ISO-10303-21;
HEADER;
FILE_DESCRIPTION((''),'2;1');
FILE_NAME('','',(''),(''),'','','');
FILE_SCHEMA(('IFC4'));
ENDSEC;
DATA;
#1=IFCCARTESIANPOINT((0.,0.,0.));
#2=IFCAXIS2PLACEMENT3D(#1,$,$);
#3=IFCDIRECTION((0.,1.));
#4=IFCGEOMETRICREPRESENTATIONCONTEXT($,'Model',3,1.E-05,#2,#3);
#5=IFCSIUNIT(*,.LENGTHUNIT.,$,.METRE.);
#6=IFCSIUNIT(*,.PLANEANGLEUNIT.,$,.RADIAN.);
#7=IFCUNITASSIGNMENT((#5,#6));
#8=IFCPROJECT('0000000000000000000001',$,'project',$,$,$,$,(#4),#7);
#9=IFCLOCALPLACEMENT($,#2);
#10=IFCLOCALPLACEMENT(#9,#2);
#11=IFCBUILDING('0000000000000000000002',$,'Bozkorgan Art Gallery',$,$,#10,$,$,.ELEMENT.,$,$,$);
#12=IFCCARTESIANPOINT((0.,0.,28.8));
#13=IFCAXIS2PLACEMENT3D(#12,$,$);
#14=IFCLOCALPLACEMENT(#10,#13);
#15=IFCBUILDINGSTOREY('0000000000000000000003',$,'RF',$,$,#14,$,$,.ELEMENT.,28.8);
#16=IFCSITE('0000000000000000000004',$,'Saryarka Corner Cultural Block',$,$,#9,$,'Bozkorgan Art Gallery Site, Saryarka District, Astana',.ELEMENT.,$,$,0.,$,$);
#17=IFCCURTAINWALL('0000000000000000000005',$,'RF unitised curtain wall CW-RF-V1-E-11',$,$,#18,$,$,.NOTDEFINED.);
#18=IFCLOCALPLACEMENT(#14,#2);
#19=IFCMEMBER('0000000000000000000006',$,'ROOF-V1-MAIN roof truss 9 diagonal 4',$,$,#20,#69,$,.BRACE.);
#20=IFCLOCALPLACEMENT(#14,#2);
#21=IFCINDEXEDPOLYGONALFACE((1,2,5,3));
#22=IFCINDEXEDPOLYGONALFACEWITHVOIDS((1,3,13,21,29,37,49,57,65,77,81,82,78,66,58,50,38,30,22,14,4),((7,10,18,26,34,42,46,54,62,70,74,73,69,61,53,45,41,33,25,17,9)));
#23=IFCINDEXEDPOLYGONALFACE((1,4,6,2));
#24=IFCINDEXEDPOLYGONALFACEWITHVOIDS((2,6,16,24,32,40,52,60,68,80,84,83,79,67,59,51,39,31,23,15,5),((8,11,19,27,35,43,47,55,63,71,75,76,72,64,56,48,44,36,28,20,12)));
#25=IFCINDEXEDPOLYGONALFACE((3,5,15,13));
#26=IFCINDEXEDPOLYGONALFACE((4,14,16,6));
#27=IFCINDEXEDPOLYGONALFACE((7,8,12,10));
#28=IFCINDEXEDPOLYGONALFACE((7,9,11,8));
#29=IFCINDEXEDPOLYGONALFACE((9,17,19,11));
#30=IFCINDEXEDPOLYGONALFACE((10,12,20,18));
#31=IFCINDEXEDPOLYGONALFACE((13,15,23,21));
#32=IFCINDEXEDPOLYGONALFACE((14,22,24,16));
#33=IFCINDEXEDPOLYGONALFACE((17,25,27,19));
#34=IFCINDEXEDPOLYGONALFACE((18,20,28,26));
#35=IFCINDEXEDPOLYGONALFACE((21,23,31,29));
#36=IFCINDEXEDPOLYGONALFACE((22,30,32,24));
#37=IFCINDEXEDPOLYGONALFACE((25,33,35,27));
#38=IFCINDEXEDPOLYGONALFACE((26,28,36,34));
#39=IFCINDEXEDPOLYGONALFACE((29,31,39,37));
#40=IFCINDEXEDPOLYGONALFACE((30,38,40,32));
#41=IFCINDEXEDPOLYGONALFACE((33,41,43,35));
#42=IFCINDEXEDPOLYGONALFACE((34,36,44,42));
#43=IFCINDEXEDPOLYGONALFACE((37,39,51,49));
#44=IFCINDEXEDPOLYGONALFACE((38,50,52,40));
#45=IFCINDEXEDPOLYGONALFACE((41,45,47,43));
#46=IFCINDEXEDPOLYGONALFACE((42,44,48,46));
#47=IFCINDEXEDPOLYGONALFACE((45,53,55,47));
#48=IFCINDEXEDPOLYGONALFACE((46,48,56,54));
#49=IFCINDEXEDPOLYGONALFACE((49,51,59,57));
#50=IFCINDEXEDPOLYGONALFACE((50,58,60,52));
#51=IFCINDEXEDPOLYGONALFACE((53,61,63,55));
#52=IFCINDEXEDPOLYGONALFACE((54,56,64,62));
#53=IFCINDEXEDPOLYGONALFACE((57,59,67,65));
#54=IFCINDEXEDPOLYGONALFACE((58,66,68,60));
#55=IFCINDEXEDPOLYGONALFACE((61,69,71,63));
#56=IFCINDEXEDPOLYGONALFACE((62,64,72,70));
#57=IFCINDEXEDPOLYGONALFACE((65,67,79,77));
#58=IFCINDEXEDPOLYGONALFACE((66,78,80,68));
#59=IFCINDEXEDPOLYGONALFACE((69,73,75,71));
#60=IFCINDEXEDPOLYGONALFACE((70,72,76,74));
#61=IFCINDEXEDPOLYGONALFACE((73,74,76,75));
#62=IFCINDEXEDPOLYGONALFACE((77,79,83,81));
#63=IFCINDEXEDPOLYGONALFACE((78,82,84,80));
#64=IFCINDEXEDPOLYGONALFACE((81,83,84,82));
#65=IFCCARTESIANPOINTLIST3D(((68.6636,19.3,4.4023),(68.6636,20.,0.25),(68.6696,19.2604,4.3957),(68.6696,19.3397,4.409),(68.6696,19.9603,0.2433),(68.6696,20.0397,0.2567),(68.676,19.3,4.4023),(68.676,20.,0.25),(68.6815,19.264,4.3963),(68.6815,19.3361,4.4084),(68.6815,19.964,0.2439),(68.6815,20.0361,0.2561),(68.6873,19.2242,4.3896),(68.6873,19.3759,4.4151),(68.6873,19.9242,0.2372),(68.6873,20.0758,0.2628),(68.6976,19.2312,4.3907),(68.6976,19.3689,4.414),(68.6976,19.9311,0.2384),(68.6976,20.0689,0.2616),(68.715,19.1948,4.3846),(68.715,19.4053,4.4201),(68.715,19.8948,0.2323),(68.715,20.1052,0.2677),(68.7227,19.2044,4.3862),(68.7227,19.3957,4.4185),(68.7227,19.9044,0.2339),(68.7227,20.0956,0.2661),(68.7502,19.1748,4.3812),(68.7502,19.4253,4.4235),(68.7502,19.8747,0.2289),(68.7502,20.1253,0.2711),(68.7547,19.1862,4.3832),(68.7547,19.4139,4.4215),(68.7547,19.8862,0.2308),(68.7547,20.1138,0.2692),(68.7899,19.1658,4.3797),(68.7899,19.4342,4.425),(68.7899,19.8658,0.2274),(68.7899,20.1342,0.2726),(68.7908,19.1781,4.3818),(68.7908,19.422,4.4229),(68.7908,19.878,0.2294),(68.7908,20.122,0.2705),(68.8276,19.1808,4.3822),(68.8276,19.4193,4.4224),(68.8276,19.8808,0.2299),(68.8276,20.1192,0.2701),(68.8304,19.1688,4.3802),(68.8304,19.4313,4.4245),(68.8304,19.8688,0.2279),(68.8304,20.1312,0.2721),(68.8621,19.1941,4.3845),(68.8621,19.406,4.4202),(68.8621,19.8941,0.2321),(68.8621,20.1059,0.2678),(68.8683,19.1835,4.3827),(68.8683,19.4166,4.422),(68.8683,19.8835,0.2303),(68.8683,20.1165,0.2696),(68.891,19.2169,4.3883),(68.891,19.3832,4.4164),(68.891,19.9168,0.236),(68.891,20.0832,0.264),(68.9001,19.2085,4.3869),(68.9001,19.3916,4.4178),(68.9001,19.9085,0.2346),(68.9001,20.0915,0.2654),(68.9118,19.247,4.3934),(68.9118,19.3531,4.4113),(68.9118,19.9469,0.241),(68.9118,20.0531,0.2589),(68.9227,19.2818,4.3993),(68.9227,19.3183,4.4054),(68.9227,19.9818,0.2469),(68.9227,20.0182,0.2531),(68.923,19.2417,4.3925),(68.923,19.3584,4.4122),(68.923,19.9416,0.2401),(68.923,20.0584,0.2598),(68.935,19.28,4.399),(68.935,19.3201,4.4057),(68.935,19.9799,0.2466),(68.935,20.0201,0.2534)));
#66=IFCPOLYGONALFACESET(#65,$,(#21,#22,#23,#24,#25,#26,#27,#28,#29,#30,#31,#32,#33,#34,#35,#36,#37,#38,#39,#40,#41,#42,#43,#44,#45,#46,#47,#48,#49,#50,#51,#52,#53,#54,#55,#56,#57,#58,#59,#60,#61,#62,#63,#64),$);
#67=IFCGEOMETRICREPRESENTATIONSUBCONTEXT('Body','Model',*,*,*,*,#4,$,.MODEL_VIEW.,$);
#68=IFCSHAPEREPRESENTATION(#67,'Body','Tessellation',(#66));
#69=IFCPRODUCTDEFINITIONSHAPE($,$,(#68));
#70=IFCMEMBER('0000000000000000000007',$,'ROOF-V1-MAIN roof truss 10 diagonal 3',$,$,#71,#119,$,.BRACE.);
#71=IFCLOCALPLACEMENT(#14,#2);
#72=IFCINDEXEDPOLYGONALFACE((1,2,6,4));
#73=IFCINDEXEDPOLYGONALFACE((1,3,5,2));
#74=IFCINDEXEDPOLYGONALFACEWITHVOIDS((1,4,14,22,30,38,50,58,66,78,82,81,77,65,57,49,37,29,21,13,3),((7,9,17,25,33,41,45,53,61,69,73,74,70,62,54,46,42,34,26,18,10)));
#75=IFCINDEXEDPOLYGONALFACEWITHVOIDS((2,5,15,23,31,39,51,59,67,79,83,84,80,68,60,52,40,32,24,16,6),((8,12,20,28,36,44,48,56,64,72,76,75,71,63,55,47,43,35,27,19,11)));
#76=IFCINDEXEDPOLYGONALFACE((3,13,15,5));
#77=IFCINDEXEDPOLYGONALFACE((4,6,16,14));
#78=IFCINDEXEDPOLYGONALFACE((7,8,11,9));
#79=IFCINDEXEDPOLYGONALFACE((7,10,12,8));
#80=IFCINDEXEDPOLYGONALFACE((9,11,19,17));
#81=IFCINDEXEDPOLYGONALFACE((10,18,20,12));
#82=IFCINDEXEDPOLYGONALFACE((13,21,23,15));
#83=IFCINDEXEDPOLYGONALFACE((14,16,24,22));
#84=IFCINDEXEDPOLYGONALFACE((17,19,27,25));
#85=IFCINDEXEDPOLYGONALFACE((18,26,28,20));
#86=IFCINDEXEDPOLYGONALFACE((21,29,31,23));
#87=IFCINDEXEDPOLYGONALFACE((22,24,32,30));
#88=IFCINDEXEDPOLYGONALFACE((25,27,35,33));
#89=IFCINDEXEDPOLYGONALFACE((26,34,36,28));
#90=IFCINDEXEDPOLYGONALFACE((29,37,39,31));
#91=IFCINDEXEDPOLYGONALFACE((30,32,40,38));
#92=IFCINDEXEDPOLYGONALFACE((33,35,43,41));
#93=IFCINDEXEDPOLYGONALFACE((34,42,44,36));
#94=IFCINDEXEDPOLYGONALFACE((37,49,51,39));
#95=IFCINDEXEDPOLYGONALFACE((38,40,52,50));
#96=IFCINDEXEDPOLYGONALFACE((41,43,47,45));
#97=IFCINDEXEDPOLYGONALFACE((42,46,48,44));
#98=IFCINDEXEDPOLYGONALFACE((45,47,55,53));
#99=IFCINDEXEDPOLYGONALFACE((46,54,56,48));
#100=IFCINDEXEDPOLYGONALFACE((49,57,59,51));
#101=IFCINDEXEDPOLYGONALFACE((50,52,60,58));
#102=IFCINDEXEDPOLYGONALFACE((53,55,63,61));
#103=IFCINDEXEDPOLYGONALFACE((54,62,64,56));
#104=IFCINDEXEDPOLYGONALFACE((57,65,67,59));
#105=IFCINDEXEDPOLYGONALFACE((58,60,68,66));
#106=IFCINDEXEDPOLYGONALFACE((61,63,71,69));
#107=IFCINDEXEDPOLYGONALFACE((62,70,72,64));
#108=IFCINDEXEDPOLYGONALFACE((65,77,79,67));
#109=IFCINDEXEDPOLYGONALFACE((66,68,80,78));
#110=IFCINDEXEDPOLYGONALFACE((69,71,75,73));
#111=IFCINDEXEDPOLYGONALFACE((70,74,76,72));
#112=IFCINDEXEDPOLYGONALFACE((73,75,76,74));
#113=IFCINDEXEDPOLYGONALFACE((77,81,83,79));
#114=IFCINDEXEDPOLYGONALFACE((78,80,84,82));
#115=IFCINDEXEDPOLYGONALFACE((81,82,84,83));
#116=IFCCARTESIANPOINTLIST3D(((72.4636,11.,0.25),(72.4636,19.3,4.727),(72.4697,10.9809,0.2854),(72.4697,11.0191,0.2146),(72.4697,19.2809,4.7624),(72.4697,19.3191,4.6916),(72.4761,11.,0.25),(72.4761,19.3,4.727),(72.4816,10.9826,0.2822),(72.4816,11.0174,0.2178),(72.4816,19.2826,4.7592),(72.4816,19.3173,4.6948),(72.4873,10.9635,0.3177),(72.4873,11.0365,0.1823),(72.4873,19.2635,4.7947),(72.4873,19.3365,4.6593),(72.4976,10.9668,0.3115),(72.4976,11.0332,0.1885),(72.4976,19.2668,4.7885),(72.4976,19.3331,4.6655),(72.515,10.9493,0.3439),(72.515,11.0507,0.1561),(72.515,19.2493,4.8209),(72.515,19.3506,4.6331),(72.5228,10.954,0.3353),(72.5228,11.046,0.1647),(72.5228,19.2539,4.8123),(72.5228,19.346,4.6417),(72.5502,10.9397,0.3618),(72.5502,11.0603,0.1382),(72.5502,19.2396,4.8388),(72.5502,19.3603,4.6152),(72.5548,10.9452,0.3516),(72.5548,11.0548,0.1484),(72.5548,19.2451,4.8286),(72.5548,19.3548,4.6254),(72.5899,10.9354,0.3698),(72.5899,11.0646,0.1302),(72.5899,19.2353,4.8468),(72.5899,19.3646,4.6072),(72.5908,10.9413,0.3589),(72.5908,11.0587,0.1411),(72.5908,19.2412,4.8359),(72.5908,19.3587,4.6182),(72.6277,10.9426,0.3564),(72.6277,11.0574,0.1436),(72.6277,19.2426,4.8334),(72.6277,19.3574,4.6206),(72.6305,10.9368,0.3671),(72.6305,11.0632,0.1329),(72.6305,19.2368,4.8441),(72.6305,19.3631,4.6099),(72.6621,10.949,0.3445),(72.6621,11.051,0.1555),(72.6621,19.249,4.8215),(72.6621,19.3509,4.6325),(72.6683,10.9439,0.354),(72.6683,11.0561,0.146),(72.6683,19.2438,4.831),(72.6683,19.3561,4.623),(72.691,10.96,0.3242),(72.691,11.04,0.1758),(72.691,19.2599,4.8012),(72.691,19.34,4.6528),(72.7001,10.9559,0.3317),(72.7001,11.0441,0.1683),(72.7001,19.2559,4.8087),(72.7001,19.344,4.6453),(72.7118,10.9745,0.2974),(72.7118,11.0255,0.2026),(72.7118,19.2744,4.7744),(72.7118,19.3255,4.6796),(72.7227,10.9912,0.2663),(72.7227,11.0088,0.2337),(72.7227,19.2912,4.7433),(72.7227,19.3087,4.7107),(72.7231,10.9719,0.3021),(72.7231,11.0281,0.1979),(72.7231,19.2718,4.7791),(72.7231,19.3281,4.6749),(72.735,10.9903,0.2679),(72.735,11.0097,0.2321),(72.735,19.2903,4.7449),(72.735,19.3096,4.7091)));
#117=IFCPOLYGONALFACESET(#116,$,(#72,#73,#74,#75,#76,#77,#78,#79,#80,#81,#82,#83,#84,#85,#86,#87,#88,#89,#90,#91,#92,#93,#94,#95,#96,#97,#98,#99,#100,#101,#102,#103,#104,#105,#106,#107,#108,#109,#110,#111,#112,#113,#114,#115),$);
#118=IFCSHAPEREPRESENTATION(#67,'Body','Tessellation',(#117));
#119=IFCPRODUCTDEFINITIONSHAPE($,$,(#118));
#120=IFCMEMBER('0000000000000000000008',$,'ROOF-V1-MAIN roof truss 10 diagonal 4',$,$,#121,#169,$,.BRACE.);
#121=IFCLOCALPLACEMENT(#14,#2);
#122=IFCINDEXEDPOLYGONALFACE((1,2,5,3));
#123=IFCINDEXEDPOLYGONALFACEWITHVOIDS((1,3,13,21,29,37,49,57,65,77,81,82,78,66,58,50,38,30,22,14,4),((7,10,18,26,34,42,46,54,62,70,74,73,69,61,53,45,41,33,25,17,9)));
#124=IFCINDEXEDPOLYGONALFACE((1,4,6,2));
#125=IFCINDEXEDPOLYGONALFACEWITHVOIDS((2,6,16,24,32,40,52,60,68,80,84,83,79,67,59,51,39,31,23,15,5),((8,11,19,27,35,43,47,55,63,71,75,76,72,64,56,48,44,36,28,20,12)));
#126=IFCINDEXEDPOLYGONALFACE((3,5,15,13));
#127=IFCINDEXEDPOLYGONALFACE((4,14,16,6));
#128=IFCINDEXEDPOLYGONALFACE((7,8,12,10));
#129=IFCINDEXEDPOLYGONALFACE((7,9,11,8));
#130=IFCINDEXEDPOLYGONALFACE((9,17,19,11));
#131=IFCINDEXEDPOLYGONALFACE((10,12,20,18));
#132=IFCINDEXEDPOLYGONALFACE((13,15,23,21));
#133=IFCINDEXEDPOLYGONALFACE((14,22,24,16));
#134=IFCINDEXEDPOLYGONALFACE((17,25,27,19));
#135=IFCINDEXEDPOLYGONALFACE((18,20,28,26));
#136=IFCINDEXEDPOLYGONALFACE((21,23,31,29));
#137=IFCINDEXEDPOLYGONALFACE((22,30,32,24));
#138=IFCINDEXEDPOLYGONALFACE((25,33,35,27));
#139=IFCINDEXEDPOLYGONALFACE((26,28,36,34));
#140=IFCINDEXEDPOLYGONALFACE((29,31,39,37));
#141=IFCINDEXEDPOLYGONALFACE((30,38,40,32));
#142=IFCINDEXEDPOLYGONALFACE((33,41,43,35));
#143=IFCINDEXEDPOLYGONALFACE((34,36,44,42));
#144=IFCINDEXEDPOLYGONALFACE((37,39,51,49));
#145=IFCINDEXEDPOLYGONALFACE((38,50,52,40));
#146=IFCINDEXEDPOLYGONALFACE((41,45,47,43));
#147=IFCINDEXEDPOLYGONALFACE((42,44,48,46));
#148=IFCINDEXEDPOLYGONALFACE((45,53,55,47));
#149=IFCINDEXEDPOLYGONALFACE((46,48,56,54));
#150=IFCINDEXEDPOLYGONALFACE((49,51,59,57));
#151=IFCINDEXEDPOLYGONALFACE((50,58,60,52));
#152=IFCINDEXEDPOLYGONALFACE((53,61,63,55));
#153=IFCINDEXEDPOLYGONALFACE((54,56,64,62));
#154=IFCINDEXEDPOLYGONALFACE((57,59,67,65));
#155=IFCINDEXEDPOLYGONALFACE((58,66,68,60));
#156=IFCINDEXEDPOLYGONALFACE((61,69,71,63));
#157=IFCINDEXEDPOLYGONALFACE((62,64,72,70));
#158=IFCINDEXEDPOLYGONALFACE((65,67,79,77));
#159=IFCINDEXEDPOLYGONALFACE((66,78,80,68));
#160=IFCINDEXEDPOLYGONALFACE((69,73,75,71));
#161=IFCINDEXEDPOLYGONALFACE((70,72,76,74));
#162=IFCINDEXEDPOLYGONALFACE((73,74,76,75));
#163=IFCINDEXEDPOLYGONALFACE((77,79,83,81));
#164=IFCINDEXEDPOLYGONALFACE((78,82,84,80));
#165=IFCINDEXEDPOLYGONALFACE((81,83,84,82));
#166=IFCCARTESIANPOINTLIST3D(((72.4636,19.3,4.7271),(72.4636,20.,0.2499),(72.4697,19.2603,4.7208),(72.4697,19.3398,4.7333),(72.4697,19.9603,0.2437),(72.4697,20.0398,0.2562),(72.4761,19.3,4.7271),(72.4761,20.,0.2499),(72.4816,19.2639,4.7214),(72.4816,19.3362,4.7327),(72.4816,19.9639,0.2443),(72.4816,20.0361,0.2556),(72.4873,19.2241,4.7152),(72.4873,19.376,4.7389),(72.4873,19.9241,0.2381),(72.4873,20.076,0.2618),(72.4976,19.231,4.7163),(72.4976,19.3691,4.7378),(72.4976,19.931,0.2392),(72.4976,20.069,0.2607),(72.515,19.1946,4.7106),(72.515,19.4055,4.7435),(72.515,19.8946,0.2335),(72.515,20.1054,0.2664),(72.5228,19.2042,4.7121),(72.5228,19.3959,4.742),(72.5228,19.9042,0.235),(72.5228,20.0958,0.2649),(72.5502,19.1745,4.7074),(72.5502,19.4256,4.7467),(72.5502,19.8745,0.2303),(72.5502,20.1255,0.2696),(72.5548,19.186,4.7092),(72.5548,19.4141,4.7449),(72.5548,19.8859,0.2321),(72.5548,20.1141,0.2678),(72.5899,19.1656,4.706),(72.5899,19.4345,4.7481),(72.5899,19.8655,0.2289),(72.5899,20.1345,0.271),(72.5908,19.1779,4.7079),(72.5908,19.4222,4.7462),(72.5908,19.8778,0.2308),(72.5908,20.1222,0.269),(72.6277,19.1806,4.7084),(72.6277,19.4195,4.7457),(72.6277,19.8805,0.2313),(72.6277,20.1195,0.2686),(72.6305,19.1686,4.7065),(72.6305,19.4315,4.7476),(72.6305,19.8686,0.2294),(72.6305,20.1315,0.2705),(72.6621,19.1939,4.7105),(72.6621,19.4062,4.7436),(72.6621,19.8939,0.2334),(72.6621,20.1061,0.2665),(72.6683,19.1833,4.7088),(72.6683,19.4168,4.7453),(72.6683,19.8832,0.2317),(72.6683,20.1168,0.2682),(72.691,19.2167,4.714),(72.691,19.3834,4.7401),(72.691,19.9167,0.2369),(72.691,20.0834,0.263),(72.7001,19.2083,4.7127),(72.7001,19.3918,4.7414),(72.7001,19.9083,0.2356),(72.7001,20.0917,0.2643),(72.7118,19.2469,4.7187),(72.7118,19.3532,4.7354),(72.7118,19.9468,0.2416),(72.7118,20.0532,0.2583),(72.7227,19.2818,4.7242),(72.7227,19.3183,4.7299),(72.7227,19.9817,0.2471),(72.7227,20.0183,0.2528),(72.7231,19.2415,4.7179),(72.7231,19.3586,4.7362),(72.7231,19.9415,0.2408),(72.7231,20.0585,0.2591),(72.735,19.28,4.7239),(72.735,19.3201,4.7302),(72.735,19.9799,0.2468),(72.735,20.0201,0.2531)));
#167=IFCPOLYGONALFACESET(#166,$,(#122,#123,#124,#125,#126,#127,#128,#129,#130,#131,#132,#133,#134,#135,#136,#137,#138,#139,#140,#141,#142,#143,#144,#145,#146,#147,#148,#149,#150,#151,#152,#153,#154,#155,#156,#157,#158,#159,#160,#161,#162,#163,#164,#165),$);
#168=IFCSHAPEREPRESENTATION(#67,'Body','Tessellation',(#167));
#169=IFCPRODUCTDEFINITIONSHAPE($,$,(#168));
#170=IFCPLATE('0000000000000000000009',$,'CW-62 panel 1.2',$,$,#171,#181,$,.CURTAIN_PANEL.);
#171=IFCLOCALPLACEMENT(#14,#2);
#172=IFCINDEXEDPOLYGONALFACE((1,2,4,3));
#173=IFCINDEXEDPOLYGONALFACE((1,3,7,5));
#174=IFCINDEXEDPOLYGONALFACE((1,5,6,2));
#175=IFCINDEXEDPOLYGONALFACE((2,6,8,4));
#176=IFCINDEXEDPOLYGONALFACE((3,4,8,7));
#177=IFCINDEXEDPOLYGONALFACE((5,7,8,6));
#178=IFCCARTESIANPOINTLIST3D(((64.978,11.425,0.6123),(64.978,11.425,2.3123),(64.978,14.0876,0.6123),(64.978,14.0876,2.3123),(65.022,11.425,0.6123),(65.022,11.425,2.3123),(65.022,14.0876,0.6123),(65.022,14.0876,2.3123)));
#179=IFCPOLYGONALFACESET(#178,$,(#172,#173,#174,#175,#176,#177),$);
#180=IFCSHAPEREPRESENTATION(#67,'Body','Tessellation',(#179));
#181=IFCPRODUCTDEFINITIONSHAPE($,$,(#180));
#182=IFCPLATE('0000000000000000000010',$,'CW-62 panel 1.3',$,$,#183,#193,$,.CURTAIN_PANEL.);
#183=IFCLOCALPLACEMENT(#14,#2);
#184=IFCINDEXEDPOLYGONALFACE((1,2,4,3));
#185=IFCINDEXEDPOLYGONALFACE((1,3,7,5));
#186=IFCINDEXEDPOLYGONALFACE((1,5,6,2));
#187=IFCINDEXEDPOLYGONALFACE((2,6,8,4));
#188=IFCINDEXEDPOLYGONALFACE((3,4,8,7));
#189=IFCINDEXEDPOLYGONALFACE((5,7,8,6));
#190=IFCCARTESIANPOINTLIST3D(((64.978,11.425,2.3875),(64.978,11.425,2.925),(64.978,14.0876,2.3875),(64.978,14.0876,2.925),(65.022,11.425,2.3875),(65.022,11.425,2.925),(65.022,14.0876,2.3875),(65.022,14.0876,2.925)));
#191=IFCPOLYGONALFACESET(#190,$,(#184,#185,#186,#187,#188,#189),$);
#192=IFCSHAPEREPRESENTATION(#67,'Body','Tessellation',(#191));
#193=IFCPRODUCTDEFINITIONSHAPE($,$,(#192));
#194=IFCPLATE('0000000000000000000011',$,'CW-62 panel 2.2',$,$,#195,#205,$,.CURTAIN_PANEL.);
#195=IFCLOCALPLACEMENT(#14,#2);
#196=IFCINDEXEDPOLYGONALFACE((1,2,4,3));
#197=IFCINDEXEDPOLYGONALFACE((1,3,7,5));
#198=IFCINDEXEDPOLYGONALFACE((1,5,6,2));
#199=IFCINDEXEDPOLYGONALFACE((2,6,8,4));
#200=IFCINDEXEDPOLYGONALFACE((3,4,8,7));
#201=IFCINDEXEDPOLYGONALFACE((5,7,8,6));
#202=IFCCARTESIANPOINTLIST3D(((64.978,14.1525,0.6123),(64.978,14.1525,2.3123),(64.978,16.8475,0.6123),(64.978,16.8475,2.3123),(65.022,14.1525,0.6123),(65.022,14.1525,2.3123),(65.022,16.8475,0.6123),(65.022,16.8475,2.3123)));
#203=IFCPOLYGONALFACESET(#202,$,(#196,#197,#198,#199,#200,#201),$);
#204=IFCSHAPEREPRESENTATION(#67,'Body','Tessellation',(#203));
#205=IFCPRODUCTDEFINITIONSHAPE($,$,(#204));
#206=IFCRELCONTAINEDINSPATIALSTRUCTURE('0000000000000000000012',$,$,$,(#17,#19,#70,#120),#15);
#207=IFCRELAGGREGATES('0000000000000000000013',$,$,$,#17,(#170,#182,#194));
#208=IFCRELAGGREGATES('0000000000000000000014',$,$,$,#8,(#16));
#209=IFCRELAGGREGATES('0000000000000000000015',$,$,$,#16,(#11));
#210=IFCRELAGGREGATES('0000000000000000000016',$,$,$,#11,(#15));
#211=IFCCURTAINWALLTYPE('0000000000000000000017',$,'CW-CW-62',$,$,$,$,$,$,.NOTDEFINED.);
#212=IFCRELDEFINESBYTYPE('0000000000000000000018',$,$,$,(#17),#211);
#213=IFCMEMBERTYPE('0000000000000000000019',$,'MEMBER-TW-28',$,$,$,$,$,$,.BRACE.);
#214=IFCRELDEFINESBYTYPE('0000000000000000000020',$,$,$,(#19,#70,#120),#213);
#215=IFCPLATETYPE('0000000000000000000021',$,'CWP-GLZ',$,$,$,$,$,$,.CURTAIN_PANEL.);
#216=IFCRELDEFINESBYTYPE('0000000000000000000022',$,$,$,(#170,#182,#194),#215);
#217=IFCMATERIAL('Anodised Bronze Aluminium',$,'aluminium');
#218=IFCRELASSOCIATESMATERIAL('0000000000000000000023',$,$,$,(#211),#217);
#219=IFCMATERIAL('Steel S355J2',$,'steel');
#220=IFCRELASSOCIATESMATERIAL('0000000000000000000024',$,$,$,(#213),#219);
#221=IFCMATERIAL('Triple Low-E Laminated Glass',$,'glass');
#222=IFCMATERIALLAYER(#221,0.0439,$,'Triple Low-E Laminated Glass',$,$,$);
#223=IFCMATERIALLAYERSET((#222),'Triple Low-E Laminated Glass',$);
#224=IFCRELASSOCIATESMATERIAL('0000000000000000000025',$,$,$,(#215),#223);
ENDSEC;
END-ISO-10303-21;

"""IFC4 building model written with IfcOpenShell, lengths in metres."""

from ifc_helpers import new_model, si_unit, direction, frame, origin, origin_2d, place, context, subcontext, project, spatial, rectangle, hollow_circle, extrude, material, layer, layer_set, material_profile, profile_set, type_object, element, aggregate, save


model = new_model("IFC4")

# Units and contexts
model_context = context("Model", 3, precision=1e-05, world=origin(), true_north=direction((0.0, 1.0)))
body_context = subcontext(model_context, "Body", "Model", "MODEL_VIEW")
ifc_project = project(units=[si_unit("LENGTHUNIT", "METRE"), si_unit("PLANEANGLEUNIT", "RADIAN")], contexts=[model_context])

# Site, building, storey
site_placement = place(None, origin())
site = spatial("IfcSite", under=ifc_project, at=site_placement, Name="Saryarka Corner Cultural Block", LongName="Bozkorgan Art Gallery Site, Saryarka District, Astana", CompositionType="ELEMENT", RefElevation=0.0)
building_placement = place(site_placement, origin())
building = spatial("IfcBuilding", under=site, at=building_placement, Name="Bozkorgan Art Gallery", CompositionType="ELEMENT")
storey_placement = place(building_placement, frame((0.0, 0.0, 28.8)))
storey = spatial("IfcBuildingStorey", under=building, at=storey_placement, Name="RF", CompositionType="ELEMENT", Elevation=28.8)

# Curtain wall
ifc_material_1 = material(Name="Anodised Bronze Aluminium", Category="aluminium")
curtain_wall_type = type_object("IfcCurtainWallType", Name="CW-CW-62", PredefinedType="NOTDEFINED", material=ifc_material_1)
curtain_wall_placement = place(storey_placement, origin())
curtain_wall = element("IfcCurtainWall", 1, at=curtain_wall_placement, inside=storey, type_object=curtain_wall_type, Name="RF unitised curtain wall CW-RF-V1-E-11", PredefinedType="NOTDEFINED")

# Members
ifc_material_2 = material(Name="Steel S355J2", Category="steel")
ifc_material_profile_1 = material_profile(ifc_material_2, hollow_circle(Radius=0.1365, WallThickness=0.0125, at=origin_2d()), Name="CHS 273x12.5")
ifc_profile_set_1 = profile_set([ifc_material_profile_1], Name="Steel S355J2")
member_type_1 = type_object("IfcMemberType", Name="MEMBER-TW-28", PredefinedType="BRACE", material=ifc_profile_set_1)
member_1_placement = place(storey_placement, frame((68.8, 19.3, 4.4023), z_axis=(0.0, 0.166223, -0.986088), x_axis=(-1.0, 0.0, 0.0)))
element("IfcMember", 2, at=member_1_placement, inside=storey, type_object=member_type_1, Name="ROOF-V1-MAIN roof truss 9 diagonal 4", PredefinedType="BRACE", context=body_context, shape_type="SweptSolid", body=[
    extrude(hollow_circle(Radius=0.1365, WallThickness=0.0125, at=origin_2d()), origin(), (0.0, 0.0, 1.0), 4.2109),
])
member_2_placement = place(storey_placement, frame((72.6001, 11.0, 0.25), z_axis=(0.0, 0.880126, 0.47474), x_axis=(-1.0, 0.0, 0.0)))
element("IfcMember", 3, at=member_2_placement, inside=storey, type_object=member_type_1, Name="ROOF-V1-MAIN roof truss 10 diagonal 3", PredefinedType="BRACE", context=body_context, shape_type="SweptSolid", body=[
    extrude(hollow_circle(Radius=0.1365, WallThickness=0.0125, at=origin_2d()), origin(), (0.0, 0.0, 1.0), 9.4304),
])
member_3_placement = place(storey_placement, frame((72.6001, 19.3, 4.7271), z_axis=(0.0, 0.154466, -0.987998), x_axis=(-1.0, 0.0, 0.0)))
element("IfcMember", 4, at=member_3_placement, inside=storey, type_object=member_type_1, Name="ROOF-V1-MAIN roof truss 10 diagonal 4", PredefinedType="BRACE", context=body_context, shape_type="SweptSolid", body=[
    extrude(hollow_circle(Radius=0.1365, WallThickness=0.0125, at=origin_2d()), origin(), (0.0, 0.0, 1.0), 4.5315),
])

# Plates
ifc_material_3 = material(Name="Triple Low-E Laminated Glass", Category="glass")
ifc_layer_1 = layer(ifc_material_3, 0.0439, Name="Triple Low-E Laminated Glass")
ifc_layer_set_1 = layer_set([ifc_layer_1], Name="Triple Low-E Laminated Glass")
plate_type_1 = type_object("IfcPlateType", Name="CWP-GLZ", PredefinedType="CURTAIN_PANEL", material=ifc_layer_set_1)
plate_1_placement = place(storey_placement, frame((65.0, 12.7563, 0.6123), z_axis=(0.0, 0.0, 1.0), x_axis=(0.0, 1.0, 0.0)))
plate_1 = element("IfcPlate", 5, at=plate_1_placement, type_object=plate_type_1, Name="CW-62 panel 1.2", PredefinedType="CURTAIN_PANEL", context=body_context, shape_type="SweptSolid", body=[
    extrude(rectangle(XDim=2.6626, YDim=0.0439, at=origin_2d()), origin(), (0.0, 0.0, 1.0), 1.7),
])
plate_2_placement = place(storey_placement, frame((65.0, 12.7563, 2.3875), z_axis=(0.0, 0.0, 1.0), x_axis=(0.0, 1.0, 0.0)))
plate_2 = element("IfcPlate", 6, at=plate_2_placement, type_object=plate_type_1, Name="CW-62 panel 1.3", PredefinedType="CURTAIN_PANEL", context=body_context, shape_type="SweptSolid", body=[
    extrude(rectangle(XDim=2.6626, YDim=0.0439, at=origin_2d()), origin(), (0.0, 0.0, 1.0), 0.5376),
])
plate_3_placement = place(storey_placement, frame((65.0, 15.5, 0.6123), z_axis=(0.0, 0.0, 1.0), x_axis=(0.0, 1.0, 0.0)))
plate_3 = element("IfcPlate", 7, at=plate_3_placement, type_object=plate_type_1, Name="CW-62 panel 2.2", PredefinedType="CURTAIN_PANEL", context=body_context, shape_type="SweptSolid", body=[
    extrude(rectangle(XDim=2.6951, YDim=0.0439, at=origin_2d()), origin(), (0.0, 0.0, 1.0), 1.7),
])
aggregate(curtain_wall, [plate_1, plate_2, plate_3])

save(model, "model.ifc")
